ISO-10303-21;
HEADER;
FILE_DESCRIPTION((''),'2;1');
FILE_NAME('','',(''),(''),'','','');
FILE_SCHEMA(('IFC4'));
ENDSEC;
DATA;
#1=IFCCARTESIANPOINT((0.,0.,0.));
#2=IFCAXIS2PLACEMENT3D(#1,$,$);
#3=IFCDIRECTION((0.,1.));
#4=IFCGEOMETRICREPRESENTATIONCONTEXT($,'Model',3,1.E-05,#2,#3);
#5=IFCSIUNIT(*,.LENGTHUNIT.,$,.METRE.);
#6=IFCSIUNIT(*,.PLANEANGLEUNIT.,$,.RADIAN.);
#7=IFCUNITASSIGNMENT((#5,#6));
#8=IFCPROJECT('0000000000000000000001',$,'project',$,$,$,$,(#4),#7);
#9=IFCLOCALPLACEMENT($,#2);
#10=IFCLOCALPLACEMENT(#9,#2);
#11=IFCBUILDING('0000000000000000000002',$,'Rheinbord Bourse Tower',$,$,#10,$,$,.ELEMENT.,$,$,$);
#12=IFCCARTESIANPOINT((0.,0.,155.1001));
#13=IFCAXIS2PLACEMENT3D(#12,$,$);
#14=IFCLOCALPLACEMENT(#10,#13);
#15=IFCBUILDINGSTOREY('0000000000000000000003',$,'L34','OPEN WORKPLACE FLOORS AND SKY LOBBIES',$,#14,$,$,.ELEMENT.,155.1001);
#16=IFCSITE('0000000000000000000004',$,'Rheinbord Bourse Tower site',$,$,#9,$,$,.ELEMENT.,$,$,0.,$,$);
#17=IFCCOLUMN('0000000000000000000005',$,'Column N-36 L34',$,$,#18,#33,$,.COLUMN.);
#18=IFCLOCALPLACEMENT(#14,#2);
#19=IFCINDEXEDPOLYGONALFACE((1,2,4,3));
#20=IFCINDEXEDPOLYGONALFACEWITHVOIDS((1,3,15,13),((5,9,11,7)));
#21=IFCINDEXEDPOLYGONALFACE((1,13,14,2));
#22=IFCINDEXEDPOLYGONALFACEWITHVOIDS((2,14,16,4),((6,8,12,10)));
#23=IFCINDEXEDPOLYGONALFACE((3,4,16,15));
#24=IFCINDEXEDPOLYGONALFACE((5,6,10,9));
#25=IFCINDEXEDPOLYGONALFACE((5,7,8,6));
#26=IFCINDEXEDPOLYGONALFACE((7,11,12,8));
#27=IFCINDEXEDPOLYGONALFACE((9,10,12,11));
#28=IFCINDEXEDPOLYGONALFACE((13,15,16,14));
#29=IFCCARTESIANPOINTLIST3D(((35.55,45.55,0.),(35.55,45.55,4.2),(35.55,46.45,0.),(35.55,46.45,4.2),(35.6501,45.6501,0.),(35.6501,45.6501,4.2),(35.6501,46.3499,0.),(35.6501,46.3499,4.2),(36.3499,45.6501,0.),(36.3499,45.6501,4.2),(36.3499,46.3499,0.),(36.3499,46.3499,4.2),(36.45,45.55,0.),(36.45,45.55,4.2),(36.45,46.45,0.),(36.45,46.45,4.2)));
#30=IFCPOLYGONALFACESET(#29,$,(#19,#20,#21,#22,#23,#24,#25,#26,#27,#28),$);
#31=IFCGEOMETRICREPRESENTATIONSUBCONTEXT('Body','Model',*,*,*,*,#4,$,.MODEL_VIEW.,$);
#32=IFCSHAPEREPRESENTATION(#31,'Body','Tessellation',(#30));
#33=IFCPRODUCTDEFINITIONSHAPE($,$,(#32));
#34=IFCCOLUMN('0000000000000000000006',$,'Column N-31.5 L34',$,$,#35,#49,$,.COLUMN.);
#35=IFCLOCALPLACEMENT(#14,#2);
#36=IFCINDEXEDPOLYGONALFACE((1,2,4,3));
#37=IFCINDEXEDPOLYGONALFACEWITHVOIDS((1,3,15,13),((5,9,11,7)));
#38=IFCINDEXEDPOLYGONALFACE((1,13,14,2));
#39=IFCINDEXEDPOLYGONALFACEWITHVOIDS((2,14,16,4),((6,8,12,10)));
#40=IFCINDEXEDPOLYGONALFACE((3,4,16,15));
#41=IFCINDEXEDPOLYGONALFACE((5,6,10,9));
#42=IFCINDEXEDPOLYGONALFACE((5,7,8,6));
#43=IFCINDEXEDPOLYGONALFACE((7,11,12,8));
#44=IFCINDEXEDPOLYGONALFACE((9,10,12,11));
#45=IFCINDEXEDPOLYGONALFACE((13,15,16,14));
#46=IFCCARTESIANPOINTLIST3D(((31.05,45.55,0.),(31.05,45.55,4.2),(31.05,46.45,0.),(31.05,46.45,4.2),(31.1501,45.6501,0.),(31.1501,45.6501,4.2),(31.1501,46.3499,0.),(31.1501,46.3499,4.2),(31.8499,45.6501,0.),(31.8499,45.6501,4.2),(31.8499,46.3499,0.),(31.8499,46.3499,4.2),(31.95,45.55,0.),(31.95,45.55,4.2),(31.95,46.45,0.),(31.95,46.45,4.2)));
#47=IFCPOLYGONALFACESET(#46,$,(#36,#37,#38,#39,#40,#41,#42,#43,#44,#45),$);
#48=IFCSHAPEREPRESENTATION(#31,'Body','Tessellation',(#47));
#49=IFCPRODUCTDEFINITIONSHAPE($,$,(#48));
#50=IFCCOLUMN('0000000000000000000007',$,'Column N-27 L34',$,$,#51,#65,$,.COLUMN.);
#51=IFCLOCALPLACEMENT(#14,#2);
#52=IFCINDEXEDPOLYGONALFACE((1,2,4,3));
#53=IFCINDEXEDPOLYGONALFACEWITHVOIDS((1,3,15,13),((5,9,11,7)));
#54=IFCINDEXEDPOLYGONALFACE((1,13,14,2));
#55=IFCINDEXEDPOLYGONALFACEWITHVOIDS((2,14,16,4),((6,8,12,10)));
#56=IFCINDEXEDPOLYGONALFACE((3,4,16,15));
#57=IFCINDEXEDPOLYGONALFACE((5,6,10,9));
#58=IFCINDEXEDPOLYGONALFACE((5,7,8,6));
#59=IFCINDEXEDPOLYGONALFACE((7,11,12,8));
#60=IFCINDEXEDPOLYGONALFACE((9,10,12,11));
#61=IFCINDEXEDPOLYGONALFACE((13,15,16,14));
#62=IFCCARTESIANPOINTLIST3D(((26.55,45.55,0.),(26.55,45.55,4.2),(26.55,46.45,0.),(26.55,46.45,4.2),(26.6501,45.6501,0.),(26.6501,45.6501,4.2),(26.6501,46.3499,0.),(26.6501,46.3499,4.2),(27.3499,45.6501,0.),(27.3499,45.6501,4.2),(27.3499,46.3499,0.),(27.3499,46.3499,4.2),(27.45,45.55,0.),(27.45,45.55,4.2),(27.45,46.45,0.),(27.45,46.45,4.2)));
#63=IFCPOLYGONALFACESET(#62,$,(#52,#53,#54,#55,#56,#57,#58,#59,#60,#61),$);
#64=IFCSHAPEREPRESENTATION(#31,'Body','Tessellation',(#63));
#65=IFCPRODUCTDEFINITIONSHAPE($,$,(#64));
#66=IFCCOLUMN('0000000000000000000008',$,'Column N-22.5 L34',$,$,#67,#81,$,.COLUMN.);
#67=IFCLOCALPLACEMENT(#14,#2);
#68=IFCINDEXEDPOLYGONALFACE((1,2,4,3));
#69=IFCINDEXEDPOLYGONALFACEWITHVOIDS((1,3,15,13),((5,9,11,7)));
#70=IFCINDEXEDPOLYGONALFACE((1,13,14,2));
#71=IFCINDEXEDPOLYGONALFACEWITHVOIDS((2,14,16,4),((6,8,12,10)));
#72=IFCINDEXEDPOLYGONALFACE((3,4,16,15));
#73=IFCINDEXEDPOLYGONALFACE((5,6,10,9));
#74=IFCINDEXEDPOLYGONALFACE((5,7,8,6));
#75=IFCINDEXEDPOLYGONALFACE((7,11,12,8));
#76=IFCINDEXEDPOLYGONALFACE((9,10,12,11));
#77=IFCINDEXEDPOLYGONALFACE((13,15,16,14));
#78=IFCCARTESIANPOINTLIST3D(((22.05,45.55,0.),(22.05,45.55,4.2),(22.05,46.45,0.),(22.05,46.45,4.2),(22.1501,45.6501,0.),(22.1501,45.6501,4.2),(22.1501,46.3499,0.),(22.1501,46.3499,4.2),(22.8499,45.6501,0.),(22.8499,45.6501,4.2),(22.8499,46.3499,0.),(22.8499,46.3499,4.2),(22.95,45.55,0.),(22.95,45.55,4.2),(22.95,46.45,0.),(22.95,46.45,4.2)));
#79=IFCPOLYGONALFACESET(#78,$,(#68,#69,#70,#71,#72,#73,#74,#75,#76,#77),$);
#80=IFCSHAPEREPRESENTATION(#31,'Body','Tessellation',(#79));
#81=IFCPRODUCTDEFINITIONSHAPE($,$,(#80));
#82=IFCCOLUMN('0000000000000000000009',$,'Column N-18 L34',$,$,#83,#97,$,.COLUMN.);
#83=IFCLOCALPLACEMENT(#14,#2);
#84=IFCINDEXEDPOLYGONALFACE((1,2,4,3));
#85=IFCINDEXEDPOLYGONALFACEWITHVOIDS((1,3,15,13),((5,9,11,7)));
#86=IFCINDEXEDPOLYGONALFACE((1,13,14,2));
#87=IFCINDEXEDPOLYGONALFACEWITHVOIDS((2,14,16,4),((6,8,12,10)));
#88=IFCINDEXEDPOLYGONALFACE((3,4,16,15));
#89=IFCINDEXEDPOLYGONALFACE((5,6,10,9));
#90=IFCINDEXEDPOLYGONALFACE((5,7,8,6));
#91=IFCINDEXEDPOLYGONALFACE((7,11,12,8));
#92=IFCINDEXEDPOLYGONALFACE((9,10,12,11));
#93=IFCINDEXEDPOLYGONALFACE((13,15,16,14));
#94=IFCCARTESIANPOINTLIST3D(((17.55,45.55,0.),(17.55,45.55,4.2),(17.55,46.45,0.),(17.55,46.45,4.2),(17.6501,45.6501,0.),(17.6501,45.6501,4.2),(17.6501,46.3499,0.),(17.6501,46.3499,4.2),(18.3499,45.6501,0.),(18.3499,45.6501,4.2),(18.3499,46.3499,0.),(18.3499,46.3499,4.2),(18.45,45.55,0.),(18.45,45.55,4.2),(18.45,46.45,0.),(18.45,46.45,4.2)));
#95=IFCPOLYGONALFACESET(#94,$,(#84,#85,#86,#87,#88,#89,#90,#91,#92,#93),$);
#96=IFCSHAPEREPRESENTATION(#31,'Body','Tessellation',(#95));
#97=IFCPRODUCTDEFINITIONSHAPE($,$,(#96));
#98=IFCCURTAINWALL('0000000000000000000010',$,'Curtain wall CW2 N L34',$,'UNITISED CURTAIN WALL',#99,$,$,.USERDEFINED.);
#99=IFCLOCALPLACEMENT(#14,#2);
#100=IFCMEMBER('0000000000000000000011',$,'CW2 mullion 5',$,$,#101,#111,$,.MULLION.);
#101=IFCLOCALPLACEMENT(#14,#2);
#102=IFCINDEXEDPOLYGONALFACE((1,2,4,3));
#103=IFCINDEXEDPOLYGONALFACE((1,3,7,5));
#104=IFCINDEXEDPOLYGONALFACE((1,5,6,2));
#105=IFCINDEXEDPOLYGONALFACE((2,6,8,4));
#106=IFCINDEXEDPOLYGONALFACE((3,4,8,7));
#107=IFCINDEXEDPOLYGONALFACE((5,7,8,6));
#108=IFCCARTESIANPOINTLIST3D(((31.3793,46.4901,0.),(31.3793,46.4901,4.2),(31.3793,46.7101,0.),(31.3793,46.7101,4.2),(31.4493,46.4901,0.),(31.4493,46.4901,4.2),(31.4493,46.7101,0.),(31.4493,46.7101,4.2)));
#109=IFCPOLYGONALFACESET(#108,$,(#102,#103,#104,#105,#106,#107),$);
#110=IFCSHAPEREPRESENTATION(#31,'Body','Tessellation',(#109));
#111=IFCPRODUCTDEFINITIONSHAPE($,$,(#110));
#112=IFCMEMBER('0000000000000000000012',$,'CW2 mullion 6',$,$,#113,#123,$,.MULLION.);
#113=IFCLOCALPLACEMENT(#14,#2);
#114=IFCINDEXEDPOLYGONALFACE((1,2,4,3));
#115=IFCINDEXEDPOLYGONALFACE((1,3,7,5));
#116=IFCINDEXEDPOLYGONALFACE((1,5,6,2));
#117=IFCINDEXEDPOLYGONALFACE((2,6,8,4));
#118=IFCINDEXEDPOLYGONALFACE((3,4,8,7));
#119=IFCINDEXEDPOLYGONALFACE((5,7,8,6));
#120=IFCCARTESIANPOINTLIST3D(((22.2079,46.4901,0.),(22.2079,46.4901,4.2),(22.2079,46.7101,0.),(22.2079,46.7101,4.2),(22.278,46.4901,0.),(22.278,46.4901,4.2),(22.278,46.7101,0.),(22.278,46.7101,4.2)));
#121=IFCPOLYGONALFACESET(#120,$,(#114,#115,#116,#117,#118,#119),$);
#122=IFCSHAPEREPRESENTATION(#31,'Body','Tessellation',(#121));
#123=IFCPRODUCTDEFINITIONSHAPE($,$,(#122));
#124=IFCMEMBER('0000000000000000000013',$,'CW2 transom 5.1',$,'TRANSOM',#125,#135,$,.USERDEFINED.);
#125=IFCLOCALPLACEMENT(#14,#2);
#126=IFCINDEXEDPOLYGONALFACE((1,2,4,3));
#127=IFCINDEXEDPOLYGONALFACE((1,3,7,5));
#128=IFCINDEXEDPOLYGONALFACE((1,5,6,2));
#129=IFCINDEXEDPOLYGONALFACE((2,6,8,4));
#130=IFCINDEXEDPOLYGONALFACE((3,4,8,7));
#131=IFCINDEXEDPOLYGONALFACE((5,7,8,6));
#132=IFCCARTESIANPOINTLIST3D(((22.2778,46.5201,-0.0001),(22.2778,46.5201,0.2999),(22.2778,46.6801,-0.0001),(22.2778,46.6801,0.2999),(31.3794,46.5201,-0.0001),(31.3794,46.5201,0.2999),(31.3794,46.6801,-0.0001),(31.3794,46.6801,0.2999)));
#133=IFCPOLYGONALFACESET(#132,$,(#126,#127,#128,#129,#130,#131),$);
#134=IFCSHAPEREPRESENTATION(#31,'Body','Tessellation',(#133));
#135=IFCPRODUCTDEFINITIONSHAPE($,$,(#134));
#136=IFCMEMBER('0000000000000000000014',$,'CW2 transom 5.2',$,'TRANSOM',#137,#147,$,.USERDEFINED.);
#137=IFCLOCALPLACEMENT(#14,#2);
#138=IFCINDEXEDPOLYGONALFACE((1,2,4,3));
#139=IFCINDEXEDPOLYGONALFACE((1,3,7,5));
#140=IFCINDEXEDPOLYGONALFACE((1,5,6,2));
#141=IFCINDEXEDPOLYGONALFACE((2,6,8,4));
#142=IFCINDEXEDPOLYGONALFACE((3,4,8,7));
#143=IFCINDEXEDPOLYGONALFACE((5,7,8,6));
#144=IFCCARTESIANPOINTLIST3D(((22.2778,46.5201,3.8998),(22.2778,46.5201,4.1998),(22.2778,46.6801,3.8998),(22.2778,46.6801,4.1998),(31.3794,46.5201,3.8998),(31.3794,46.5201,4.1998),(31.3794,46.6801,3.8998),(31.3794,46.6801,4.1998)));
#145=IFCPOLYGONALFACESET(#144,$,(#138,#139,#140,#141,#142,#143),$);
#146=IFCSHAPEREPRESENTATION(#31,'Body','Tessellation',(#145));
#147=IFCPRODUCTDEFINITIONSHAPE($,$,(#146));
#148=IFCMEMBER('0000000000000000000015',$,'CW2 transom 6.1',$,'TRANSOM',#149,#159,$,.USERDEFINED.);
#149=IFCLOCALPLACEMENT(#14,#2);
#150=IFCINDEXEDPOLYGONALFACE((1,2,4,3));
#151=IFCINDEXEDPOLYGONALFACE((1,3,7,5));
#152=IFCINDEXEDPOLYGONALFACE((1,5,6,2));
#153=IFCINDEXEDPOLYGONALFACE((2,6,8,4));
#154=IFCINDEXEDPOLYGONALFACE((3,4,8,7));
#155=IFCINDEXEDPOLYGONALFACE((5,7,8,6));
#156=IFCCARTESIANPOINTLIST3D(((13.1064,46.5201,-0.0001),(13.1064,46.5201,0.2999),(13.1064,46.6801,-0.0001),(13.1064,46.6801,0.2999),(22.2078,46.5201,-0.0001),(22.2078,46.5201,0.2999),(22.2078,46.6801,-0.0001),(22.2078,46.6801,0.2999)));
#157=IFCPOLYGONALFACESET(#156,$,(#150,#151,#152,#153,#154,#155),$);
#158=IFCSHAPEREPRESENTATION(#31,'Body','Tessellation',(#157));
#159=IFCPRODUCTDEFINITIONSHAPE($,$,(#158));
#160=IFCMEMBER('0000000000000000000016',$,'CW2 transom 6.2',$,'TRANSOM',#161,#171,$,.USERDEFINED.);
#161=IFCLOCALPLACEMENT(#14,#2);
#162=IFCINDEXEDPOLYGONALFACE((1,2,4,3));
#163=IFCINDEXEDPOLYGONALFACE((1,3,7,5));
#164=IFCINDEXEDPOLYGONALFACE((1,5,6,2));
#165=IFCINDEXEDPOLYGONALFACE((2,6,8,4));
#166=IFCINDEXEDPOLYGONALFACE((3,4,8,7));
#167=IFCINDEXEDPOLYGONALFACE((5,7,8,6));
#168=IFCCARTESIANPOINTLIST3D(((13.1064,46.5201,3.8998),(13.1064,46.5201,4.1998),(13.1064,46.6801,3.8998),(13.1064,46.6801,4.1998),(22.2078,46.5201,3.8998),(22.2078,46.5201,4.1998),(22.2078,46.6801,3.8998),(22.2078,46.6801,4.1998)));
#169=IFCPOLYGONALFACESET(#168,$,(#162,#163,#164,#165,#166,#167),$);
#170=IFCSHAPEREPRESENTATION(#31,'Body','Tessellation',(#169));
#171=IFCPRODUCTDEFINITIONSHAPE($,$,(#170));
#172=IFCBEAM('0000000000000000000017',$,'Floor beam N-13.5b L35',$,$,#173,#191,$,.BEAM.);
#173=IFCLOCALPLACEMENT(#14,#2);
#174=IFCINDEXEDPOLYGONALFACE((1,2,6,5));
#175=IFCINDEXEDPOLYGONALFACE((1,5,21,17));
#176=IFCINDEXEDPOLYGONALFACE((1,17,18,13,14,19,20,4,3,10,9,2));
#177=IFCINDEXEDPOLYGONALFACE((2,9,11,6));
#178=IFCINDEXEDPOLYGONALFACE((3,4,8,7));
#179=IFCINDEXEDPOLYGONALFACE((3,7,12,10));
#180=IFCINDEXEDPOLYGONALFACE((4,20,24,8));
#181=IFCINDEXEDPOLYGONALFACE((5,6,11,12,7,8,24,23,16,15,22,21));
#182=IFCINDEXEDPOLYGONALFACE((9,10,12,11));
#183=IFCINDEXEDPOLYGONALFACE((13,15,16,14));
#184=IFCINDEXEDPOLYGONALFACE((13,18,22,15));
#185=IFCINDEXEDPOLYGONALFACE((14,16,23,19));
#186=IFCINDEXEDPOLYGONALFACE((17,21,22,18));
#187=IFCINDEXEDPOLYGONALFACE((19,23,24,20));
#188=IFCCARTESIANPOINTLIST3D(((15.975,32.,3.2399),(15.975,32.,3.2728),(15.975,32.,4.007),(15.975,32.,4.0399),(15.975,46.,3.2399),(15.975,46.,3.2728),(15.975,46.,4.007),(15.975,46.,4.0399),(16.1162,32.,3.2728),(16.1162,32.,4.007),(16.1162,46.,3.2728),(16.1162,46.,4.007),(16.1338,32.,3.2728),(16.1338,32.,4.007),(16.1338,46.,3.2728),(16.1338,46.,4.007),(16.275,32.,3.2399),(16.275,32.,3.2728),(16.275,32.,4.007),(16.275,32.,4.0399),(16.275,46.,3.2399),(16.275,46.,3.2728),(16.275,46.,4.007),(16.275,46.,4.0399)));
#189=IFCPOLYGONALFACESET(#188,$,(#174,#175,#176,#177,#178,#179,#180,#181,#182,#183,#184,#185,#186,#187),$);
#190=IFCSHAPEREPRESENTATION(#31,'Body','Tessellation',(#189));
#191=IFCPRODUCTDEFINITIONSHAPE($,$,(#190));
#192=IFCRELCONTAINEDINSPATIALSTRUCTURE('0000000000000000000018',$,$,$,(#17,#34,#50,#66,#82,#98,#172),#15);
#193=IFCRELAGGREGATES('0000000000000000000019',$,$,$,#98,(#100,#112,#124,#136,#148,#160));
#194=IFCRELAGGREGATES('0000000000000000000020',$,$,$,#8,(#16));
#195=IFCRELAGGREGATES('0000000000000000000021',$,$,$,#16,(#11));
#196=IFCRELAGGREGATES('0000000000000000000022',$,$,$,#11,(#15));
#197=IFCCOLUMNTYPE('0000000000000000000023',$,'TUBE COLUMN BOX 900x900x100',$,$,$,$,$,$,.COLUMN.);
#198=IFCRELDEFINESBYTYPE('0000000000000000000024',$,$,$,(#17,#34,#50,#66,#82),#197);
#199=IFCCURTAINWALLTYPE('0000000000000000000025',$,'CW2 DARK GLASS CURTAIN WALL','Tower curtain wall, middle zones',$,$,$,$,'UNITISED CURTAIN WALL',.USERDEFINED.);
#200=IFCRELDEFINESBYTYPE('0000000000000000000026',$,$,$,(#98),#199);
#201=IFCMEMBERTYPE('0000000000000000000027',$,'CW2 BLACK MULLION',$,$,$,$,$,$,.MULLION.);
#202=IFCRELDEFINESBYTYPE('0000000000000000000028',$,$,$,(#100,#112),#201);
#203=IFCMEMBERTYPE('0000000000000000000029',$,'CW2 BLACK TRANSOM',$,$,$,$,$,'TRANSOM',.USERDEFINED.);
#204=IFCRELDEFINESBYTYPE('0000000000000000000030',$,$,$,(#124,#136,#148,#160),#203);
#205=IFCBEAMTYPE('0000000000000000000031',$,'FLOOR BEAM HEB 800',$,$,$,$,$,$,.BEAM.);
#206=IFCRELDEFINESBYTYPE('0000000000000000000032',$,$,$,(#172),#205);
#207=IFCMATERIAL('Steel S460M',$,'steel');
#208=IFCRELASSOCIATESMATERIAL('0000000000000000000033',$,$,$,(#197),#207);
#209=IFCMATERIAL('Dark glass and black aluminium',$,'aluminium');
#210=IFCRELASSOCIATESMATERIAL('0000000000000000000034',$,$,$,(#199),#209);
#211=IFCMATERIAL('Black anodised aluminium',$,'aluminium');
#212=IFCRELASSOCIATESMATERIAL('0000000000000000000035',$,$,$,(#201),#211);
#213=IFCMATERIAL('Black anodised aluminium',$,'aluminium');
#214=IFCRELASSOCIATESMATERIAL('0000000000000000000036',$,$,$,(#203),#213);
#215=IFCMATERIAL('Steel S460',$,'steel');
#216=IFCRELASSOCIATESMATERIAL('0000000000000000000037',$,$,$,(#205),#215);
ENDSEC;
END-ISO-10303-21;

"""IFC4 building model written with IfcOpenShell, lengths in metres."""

from ifc_helpers import new_model, si_unit, direction, frame, origin, origin_2d, place, context, subcontext, project, spatial, rectangle, hollow_rectangle, i_section, extrude, material, material_profile, profile_set, type_object, element, aggregate, save


model = new_model("IFC4")

# Units and contexts
model_context = context("Model", 3, precision=1e-05, world=origin(), true_north=direction((0.0, 1.0)))
body_context = subcontext(model_context, "Body", "Model", "MODEL_VIEW")
ifc_project = project(units=[si_unit("LENGTHUNIT", "METRE"), si_unit("PLANEANGLEUNIT", "RADIAN")], contexts=[model_context])

# Site, building, storey
site_placement = place(None, origin())
site = spatial("IfcSite", under=ifc_project, at=site_placement, Name="Rheinbord Bourse Tower site", CompositionType="ELEMENT", RefElevation=0.0)
building_placement = place(site_placement, origin())
building = spatial("IfcBuilding", under=site, at=building_placement, Name="Rheinbord Bourse Tower", CompositionType="ELEMENT")
storey_placement = place(building_placement, frame((0.0, 0.0, 155.1001)))
storey = spatial("IfcBuildingStorey", under=building, at=storey_placement, Name="L34", Description="OPEN WORKPLACE FLOORS AND SKY LOBBIES", CompositionType="ELEMENT", Elevation=155.1001)

# Columns
ifc_material_1 = material(Name="Steel S460M", Category="steel")
ifc_material_profile_1 = material_profile(ifc_material_1, hollow_rectangle(XDim=0.8999, YDim=0.8999, WallThickness=0.1001, at=origin_2d()), Name="BOX 900x900x100")
ifc_profile_set_1 = profile_set([ifc_material_profile_1], Name="Steel S460M")
column_type = type_object("IfcColumnType", Name="TUBE COLUMN BOX 900x900x100", PredefinedType="COLUMN", material=ifc_profile_set_1)
for number, where, z_axis, x_axis, name in (
    (1, (36.0, 46.0, 0.0), (0.0, 0.0, 1.0), (0.0, 1.0, 0.0), "Column N-36 L34"),
    (2, (31.5, 46.0, 0.0), (0.0, 0.0, 1.0), (0.0, 1.0, 0.0), "Column N-31.5 L34"),
    (3, (27.0, 46.0, 0.0), (0.0, 0.0, 1.0), (0.0, 1.0, 0.0), "Column N-27 L34"),
    (4, (22.5, 46.0, 0.0), (0.0, 0.0, 1.0), (0.0, 1.0, 0.0), "Column N-22.5 L34"),
    (5, (18.0, 46.0, 0.0), (0.0, 0.0, 1.0), (0.0, 1.0, 0.0), "Column N-18 L34"),
):
    element("IfcColumn", number, at=place(storey_placement, frame(where, z_axis=z_axis, x_axis=x_axis)), inside=storey, type_object=column_type, Name=name, PredefinedType="COLUMN", context=body_context, shape_type="SweptSolid", body=[
        extrude(hollow_rectangle(XDim=0.8999, YDim=0.8999, WallThickness=0.1001, at=origin_2d()), origin(), (0.0, 0.0, 1.0), 4.2),
    ])

# Curtain wall, members
ifc_material_2 = material(Name="Dark glass and black aluminium", Category="aluminium")
curtain_wall_type = type_object("IfcCurtainWallType", Name="CW2 DARK GLASS CURTAIN WALL", Description="Tower curtain wall, middle zones", ElementType="UNITISED CURTAIN WALL", PredefinedType="USERDEFINED", material=ifc_material_2)
curtain_wall_placement = place(storey_placement, origin())
curtain_wall = element("IfcCurtainWall", 6, at=curtain_wall_placement, inside=storey, type_object=curtain_wall_type, Name="Curtain wall CW2 N L34", ObjectType="UNITISED CURTAIN WALL", PredefinedType="USERDEFINED")
ifc_material_3 = material(Name="Black anodised aluminium", Category="aluminium")
ifc_material_profile_2 = material_profile(ifc_material_3, rectangle(XDim=0.22, YDim=0.0701, at=origin_2d()), Name="CW2 MULLION 70x220")
ifc_profile_set_2 = profile_set([ifc_material_profile_2], Name="Black anodised aluminium")
member_type_1 = type_object("IfcMemberType", Name="CW2 BLACK MULLION", PredefinedType="MULLION", material=ifc_profile_set_2)
member_1_placement = place(storey_placement, frame((31.4143, 46.6001, 0.0), z_axis=(0.0, 0.0, 1.0), x_axis=(0.0, -1.0, 0.0)))
member_1 = element("IfcMember", 7, at=member_1_placement, type_object=member_type_1, Name="CW2 mullion 5", PredefinedType="MULLION", context=body_context, shape_type="SweptSolid", body=[
    extrude(rectangle(XDim=0.22, YDim=0.0701, at=origin_2d()), origin(), (0.0, 0.0, 1.0), 4.2),
])
member_2_placement = place(storey_placement, frame((22.2429, 46.6001, 0.0), z_axis=(0.0, 0.0, 1.0), x_axis=(0.0, -1.0, 0.0)))
member_2 = element("IfcMember", 8, at=member_2_placement, type_object=member_type_1, Name="CW2 mullion 6", PredefinedType="MULLION", context=body_context, shape_type="SweptSolid", body=[
    extrude(rectangle(XDim=0.22, YDim=0.0701, at=origin_2d()), origin(), (0.0, 0.0, 1.0), 4.2),
])
ifc_material_4 = material(Name="Black anodised aluminium", Category="aluminium")
ifc_material_profile_3 = material_profile(ifc_material_4, rectangle(XDim=0.1599, YDim=0.3, at=origin_2d()), Name="CW2 TRANSOM 300x160")
ifc_profile_set_3 = profile_set([ifc_material_profile_3], Name="Black anodised aluminium")
member_type_2 = type_object("IfcMemberType", Name="CW2 BLACK TRANSOM", ElementType="TRANSOM", PredefinedType="USERDEFINED", material=ifc_profile_set_3)
member_3_placement = place(storey_placement, frame((31.3794, 46.6001, 0.1499), z_axis=(-1.0, 0.0, 0.0), x_axis=(0.0, -1.0, 0.0)))
member_3 = element("IfcMember", 9, at=member_3_placement, type_object=member_type_2, Name="CW2 transom 5.1", ObjectType="TRANSOM", PredefinedType="USERDEFINED", context=body_context, shape_type="SweptSolid", body=[
    extrude(rectangle(XDim=0.1599, YDim=0.3, at=origin_2d()), origin(), (0.0, 0.0, 1.0), 9.1016),
])
member_4_placement = place(storey_placement, frame((31.3794, 46.6001, 4.0498), z_axis=(-1.0, 0.0, 0.0), x_axis=(0.0, -1.0, 0.0)))
member_4 = element("IfcMember", 10, at=member_4_placement, type_object=member_type_2, Name="CW2 transom 5.2", ObjectType="TRANSOM", PredefinedType="USERDEFINED", context=body_context, shape_type="SweptSolid", body=[
    extrude(rectangle(XDim=0.1599, YDim=0.3, at=origin_2d()), origin(), (0.0, 0.0, 1.0), 9.1016),
])
member_5_placement = place(storey_placement, frame((22.2078, 46.6001, 0.1499), z_axis=(-1.0, 0.0, 0.0), x_axis=(0.0, -1.0, 0.0)))
member_5 = element("IfcMember", 11, at=member_5_placement, type_object=member_type_2, Name="CW2 transom 6.1", ObjectType="TRANSOM", PredefinedType="USERDEFINED", context=body_context, shape_type="SweptSolid", body=[
    extrude(rectangle(XDim=0.1599, YDim=0.3, at=origin_2d()), origin(), (0.0, 0.0, 1.0), 9.1013),
])
member_6_placement = place(storey_placement, frame((22.2078, 46.6001, 4.0498), z_axis=(-1.0, 0.0, 0.0), x_axis=(0.0, -1.0, 0.0)))
member_6 = element("IfcMember", 12, at=member_6_placement, type_object=member_type_2, Name="CW2 transom 6.2", ObjectType="TRANSOM", PredefinedType="USERDEFINED", context=body_context, shape_type="SweptSolid", body=[
    extrude(rectangle(XDim=0.1599, YDim=0.3, at=origin_2d()), origin(), (0.0, 0.0, 1.0), 9.1013),
])

# Beam
ifc_material_5 = material(Name="Steel S460", Category="steel")
ifc_material_profile_4 = material_profile(ifc_material_5, i_section(OverallWidth=0.3, OverallDepth=0.8, WebThickness=0.0176, FlangeThickness=0.033, at=origin_2d()), Name="HEB 800")
ifc_profile_set_4 = profile_set([ifc_material_profile_4], Name="Steel S460")
beam_type_1 = type_object("IfcBeamType", Name="FLOOR BEAM HEB 800", PredefinedType="BEAM", material=ifc_profile_set_4)
beam_placement = place(storey_placement, frame((16.125, 46.0, 3.6399), z_axis=(0.0, -1.0, 0.0), x_axis=(1.0, 0.0, 0.0)))
element("IfcBeam", 13, at=beam_placement, inside=storey, type_object=beam_type_1, Name="Floor beam N-13.5b L35", PredefinedType="BEAM", context=body_context, shape_type="SweptSolid", body=[
    extrude(i_section(OverallWidth=0.3, OverallDepth=0.8, WebThickness=0.0176, FlangeThickness=0.033, at=origin_2d()), origin(), (0.0, 0.0, 1.0), 14.0),
])

aggregate(curtain_wall, [member_1, member_2, member_3, member_4, member_5, member_6])

save(model, "model.ifc")
